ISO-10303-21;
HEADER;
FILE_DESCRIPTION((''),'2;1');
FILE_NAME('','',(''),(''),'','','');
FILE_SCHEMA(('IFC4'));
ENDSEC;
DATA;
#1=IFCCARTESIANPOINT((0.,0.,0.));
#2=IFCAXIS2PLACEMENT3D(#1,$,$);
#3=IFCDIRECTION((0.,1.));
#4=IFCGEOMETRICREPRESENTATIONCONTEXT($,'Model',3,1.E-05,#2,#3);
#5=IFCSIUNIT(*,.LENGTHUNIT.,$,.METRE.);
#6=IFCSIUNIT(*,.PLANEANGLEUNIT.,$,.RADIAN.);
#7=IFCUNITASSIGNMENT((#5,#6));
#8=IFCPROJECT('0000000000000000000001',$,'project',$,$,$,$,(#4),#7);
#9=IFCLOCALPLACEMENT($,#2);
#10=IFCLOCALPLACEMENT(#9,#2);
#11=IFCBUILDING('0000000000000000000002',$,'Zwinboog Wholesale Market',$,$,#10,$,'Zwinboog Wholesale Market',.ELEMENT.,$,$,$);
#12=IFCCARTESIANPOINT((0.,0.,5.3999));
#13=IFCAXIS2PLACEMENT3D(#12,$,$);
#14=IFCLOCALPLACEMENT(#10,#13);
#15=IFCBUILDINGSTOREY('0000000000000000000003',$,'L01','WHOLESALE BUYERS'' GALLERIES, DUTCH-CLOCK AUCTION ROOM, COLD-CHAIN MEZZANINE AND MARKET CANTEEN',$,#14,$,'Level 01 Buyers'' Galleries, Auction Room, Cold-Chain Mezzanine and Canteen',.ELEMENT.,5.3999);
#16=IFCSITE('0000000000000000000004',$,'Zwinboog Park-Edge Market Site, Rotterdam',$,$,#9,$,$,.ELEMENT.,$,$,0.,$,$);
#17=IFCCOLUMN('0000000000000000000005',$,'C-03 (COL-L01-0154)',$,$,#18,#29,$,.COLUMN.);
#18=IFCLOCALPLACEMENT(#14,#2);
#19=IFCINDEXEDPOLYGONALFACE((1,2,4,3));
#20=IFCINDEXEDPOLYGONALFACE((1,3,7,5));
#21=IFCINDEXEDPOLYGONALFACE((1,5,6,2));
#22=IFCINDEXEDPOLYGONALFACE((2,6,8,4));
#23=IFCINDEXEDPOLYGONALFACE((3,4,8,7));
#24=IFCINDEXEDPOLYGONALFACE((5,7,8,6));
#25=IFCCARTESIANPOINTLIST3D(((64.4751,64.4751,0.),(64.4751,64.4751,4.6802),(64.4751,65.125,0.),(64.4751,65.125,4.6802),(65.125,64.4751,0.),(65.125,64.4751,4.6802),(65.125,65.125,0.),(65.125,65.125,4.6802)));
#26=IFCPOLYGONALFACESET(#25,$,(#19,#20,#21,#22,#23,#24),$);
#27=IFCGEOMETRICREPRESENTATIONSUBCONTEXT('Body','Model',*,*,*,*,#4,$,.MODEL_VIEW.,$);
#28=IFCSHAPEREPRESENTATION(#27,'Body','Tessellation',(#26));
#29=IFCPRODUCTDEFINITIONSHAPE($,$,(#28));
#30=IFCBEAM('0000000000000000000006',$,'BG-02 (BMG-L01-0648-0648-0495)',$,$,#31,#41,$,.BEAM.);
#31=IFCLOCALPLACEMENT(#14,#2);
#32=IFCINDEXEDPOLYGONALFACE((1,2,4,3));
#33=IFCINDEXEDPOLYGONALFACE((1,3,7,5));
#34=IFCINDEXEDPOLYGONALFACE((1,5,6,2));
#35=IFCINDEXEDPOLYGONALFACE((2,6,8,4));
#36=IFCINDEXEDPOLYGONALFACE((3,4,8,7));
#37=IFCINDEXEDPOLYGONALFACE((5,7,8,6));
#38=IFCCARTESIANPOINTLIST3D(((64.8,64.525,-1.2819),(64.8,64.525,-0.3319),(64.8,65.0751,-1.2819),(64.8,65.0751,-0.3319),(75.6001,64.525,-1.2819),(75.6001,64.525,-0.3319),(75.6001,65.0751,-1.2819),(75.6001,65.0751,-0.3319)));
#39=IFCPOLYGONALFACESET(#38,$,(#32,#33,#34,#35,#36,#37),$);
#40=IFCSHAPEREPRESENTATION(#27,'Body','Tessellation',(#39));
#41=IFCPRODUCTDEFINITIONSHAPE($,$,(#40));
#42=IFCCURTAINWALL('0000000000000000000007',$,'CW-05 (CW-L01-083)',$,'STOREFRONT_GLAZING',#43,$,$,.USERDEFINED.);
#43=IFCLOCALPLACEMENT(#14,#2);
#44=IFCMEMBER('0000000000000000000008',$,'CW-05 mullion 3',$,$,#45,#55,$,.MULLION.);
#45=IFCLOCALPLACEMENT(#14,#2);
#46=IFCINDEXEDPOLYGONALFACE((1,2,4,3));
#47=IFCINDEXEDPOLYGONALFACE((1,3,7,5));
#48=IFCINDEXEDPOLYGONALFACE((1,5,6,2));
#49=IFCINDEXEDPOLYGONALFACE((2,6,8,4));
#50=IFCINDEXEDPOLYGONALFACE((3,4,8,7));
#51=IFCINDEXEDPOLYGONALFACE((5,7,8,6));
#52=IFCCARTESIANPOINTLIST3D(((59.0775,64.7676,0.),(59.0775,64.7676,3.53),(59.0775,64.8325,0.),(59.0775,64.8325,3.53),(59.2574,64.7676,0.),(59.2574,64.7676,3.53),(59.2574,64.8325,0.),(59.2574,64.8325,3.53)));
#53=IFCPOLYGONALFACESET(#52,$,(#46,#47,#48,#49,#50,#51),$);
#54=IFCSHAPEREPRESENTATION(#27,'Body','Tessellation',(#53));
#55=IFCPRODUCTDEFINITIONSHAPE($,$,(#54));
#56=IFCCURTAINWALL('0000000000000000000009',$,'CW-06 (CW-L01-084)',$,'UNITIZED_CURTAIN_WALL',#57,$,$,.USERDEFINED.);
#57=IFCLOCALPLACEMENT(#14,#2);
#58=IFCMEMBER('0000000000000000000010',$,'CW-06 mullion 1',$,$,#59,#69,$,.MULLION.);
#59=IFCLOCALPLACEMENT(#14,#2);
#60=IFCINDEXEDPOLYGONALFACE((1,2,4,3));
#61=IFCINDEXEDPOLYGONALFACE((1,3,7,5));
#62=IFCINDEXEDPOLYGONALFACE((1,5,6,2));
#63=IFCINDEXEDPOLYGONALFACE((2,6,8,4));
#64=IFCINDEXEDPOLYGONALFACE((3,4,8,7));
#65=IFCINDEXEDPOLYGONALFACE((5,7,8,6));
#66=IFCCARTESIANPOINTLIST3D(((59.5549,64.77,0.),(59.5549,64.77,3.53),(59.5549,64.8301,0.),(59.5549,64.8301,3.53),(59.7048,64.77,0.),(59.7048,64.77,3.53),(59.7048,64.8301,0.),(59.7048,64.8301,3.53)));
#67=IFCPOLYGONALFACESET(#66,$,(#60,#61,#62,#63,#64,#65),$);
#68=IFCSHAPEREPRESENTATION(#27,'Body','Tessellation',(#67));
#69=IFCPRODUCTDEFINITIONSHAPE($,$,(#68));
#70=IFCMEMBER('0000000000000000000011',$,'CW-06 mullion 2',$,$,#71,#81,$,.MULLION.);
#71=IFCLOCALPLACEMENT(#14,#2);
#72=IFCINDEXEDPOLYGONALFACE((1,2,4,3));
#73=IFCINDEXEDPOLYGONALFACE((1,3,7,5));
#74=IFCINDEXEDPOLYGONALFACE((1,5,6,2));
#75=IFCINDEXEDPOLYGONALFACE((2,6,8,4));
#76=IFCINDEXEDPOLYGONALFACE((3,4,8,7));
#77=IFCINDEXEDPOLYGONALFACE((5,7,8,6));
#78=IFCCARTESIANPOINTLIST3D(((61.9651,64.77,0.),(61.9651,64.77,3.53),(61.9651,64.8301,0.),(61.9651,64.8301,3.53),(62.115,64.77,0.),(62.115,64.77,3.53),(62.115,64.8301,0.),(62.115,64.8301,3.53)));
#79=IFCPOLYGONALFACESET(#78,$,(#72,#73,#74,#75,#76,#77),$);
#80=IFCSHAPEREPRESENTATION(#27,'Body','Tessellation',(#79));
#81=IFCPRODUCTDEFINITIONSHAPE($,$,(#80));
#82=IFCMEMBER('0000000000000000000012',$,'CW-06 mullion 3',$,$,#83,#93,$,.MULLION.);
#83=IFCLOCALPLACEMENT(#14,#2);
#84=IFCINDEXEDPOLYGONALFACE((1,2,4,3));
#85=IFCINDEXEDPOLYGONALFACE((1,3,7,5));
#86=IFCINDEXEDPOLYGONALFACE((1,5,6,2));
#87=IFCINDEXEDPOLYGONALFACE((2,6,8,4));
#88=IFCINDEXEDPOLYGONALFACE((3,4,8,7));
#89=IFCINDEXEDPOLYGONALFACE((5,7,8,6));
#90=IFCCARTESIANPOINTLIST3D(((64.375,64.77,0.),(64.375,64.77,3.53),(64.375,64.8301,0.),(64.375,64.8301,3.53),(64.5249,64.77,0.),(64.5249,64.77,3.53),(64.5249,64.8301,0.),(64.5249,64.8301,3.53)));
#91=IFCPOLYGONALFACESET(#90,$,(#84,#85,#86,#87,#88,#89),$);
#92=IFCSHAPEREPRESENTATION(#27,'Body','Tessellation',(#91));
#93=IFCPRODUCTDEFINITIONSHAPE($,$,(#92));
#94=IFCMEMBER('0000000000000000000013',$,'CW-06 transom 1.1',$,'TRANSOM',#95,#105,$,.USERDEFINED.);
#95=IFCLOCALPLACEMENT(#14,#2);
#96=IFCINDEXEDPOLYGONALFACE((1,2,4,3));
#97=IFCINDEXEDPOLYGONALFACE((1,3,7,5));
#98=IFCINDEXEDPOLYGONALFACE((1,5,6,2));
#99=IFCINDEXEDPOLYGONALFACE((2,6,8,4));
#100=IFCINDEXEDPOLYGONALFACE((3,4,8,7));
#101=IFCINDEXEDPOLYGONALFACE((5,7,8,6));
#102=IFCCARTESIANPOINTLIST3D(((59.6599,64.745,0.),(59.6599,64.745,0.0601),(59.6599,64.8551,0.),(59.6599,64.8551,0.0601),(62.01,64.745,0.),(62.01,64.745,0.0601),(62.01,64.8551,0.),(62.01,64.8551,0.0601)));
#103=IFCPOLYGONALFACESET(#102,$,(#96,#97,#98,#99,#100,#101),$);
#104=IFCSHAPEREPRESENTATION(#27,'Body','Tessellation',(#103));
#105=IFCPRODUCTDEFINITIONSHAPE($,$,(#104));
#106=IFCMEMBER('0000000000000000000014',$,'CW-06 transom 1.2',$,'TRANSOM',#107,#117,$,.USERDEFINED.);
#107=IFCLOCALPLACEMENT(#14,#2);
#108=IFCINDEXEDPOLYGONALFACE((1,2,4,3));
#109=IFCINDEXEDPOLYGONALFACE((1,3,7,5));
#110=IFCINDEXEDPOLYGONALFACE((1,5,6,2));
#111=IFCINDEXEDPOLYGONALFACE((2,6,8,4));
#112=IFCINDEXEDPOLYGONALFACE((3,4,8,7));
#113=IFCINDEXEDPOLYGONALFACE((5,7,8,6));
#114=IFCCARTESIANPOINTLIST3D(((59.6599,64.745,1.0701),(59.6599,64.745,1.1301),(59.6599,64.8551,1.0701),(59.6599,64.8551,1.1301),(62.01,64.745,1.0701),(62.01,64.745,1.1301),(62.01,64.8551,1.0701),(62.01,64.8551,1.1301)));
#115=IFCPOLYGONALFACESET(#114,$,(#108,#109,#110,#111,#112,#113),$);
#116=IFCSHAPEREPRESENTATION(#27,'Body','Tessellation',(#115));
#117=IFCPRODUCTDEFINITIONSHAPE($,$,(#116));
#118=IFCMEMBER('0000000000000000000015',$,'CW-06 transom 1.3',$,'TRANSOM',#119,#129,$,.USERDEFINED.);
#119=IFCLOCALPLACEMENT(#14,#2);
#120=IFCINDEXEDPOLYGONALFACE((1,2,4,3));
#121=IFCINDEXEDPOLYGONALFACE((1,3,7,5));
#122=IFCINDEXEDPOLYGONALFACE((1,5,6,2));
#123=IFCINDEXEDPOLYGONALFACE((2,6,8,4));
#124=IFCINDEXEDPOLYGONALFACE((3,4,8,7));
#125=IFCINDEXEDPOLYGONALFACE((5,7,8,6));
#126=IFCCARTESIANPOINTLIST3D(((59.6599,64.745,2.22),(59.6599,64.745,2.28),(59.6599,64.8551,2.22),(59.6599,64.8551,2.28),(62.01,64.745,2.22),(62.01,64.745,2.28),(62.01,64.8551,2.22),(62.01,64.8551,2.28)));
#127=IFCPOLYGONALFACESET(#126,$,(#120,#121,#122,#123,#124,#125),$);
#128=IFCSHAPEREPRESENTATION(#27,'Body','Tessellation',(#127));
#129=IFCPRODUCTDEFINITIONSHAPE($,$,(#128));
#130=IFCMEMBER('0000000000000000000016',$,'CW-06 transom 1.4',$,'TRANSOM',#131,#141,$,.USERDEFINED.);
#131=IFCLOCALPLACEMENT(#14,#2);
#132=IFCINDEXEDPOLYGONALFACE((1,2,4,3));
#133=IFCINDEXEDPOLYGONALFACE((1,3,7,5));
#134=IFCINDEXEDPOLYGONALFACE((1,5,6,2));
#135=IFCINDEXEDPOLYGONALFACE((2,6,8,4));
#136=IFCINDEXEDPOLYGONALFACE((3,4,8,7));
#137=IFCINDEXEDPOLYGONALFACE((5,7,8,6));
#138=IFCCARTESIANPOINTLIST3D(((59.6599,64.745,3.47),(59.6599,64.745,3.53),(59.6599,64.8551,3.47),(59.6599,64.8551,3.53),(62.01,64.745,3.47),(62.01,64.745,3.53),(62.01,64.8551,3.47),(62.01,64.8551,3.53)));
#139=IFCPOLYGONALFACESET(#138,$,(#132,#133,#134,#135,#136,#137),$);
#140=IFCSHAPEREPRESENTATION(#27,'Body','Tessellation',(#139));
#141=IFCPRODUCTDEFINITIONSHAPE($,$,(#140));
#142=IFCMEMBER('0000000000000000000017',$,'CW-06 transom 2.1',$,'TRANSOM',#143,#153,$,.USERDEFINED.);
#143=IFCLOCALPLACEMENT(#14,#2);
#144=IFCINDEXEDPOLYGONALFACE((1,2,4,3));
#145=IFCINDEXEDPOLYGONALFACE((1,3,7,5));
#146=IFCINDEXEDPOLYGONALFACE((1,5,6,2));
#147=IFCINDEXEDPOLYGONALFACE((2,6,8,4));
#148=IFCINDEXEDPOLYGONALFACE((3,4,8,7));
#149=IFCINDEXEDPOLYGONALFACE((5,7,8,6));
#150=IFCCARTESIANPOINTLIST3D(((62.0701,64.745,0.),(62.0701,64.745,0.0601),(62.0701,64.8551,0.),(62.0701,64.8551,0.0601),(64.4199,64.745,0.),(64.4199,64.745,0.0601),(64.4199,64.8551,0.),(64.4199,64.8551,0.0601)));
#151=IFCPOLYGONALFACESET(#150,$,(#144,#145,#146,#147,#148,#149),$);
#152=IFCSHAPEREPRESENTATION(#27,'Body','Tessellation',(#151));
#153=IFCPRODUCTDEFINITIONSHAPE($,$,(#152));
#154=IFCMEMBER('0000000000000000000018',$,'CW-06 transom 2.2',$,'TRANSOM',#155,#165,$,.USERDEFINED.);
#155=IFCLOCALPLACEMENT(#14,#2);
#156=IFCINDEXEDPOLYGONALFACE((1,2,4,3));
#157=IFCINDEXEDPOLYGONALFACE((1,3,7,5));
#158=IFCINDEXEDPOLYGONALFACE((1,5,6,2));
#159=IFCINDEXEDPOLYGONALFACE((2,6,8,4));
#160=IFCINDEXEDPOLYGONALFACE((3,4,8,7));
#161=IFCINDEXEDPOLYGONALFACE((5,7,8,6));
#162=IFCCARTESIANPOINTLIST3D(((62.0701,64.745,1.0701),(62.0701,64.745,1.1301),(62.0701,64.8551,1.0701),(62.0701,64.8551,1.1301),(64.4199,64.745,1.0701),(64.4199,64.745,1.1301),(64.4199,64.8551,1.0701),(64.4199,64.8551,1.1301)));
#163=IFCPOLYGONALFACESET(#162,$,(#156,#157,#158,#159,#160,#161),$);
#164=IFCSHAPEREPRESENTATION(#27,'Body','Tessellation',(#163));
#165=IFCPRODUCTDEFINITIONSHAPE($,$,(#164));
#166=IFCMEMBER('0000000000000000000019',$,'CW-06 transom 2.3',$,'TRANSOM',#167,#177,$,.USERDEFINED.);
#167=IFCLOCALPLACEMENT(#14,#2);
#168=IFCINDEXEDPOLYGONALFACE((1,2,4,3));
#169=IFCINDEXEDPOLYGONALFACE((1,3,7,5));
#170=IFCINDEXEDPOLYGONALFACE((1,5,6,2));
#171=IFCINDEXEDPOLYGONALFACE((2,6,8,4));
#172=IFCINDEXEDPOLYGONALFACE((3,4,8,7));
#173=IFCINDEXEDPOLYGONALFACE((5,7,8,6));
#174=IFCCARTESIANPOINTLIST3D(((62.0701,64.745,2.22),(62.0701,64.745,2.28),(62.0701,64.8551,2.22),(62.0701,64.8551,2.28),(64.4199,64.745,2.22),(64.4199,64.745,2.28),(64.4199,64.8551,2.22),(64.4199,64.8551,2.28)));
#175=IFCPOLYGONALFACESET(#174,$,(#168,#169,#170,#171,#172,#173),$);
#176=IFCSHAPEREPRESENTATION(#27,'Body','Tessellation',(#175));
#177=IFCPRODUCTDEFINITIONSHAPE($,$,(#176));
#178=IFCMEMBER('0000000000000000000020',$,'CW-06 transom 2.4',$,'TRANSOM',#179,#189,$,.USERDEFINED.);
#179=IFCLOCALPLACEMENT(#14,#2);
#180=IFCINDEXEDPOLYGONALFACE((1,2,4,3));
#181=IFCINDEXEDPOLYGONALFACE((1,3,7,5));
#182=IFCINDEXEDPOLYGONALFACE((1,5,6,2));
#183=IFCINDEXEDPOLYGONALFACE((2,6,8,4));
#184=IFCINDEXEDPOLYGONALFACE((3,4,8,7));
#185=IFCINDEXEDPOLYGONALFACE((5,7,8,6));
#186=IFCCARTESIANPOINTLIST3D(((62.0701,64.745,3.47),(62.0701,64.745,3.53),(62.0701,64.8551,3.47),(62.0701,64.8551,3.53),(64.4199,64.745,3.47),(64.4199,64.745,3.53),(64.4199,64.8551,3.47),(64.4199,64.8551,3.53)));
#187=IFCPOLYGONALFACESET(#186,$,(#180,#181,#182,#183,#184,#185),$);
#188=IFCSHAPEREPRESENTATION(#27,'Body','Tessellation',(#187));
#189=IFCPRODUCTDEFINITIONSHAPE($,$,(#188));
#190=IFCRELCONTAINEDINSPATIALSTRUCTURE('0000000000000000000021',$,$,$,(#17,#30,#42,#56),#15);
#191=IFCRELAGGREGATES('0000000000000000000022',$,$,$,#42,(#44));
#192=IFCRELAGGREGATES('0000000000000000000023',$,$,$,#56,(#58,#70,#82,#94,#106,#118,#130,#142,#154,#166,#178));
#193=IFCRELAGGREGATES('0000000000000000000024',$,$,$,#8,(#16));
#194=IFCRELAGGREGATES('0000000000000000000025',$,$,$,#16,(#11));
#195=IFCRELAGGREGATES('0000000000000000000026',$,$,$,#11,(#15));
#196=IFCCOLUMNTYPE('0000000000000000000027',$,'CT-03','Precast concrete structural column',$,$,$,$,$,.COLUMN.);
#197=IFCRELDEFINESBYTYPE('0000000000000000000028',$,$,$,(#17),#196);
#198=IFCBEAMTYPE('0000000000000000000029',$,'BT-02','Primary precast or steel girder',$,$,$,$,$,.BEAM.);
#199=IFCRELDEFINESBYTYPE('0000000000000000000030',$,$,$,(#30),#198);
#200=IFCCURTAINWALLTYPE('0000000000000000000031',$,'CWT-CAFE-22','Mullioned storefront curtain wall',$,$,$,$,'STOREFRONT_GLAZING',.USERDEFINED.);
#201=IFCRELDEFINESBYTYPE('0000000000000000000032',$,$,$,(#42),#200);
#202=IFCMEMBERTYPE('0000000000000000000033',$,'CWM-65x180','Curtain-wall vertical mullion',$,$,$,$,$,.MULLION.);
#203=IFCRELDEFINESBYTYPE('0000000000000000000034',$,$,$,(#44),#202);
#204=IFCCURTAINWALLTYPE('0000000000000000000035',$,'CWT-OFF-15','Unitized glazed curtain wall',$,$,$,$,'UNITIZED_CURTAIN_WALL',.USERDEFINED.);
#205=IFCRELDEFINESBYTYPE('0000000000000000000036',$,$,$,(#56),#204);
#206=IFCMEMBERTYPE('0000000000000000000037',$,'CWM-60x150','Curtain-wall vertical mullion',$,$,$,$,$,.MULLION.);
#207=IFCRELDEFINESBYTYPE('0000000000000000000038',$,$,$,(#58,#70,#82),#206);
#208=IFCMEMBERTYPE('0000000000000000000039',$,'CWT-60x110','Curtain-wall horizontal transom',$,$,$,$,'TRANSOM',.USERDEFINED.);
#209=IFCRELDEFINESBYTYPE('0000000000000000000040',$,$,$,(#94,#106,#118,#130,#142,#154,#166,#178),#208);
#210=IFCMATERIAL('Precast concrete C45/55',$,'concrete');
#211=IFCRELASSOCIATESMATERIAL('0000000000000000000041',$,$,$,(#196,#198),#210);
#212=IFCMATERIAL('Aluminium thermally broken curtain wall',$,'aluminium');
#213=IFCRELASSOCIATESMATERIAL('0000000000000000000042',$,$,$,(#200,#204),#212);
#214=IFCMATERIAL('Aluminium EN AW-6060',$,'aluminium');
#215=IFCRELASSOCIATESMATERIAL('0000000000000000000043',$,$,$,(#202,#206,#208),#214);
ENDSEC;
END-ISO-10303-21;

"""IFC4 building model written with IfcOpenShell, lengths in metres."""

from ifc_helpers import new_model, si_unit, direction, frame, origin, origin_2d, place, context, subcontext, project, spatial, rectangle, extrude, material, material_profile, profile_set, type_object, element, aggregate, save


model = new_model("IFC4")

# Units and contexts
model_context = context("Model", 3, precision=1e-05, world=origin(), true_north=direction((0.0, 1.0)))
body_context = subcontext(model_context, "Body", "Model", "MODEL_VIEW")
ifc_project = project(units=[si_unit("LENGTHUNIT", "METRE"), si_unit("PLANEANGLEUNIT", "RADIAN")], contexts=[model_context])

# Site, building, storey
site_placement = place(None, origin())
site = spatial("IfcSite", under=ifc_project, at=site_placement, Name="Zwinboog Park-Edge Market Site, Rotterdam", CompositionType="ELEMENT", RefElevation=0.0)
building_placement = place(site_placement, origin())
building = spatial("IfcBuilding", under=site, at=building_placement, Name="Zwinboog Wholesale Market", LongName="Zwinboog Wholesale Market", CompositionType="ELEMENT")
storey_placement = place(building_placement, frame((0.0, 0.0, 5.3999)))
storey = spatial("IfcBuildingStorey", under=building, at=storey_placement, Name="L01", Description="WHOLESALE BUYERS' GALLERIES, DUTCH-CLOCK AUCTION ROOM, COLD-CHAIN MEZZANINE AND MARKET CANTEEN", LongName="Level 01 Buyers' Galleries, Auction Room, Cold-Chain Mezzanine and Canteen", CompositionType="ELEMENT", Elevation=5.3999)

# Column
ifc_material_1 = material(Name="Precast concrete C45/55", Category="concrete")
ifc_material_profile_1 = material_profile(ifc_material_1, rectangle(XDim=0.6499, YDim=0.6499, at=origin_2d()), Name="PC 650x650")
ifc_profile_set_1 = profile_set([ifc_material_profile_1], Name="Precast concrete C45/55")
column_type = type_object("IfcColumnType", Name="CT-03", Description="Precast concrete structural column", PredefinedType="COLUMN", material=ifc_profile_set_1)
column_placement = place(storey_placement, frame((64.8, 64.8, 0.0), z_axis=(0.0, 0.0, 1.0), x_axis=(1.0, 0.0, 0.0)))
element("IfcColumn", 1, at=column_placement, inside=storey, type_object=column_type, Name="C-03 (COL-L01-0154)", PredefinedType="COLUMN", context=body_context, shape_type="SweptSolid", body=[
    extrude(rectangle(XDim=0.6499, YDim=0.6499, at=origin_2d()), origin(), (0.0, 0.0, 1.0), 4.6802),
])

# Beam
ifc_material_profile_2 = material_profile(ifc_material_1, rectangle(XDim=0.55, YDim=0.95, at=origin_2d()), Name="PC 550x950")
ifc_profile_set_2 = profile_set([ifc_material_profile_2], Name="Precast concrete C45/55")
beam_type = type_object("IfcBeamType", Name="BT-02", Description="Primary precast or steel girder", PredefinedType="BEAM", material=ifc_profile_set_2)
beam_placement = place(storey_placement, frame((64.8, 64.8, -0.8069), z_axis=(1.0, 0.0, 0.0), x_axis=(0.0, 1.0, 0.0)))
element("IfcBeam", 2, at=beam_placement, inside=storey, type_object=beam_type, Name="BG-02 (BMG-L01-0648-0648-0495)", PredefinedType="BEAM", context=body_context, shape_type="SweptSolid", body=[
    extrude(rectangle(XDim=0.55, YDim=0.95, at=origin_2d()), origin(), (0.0, 0.0, 1.0), 10.8),
])

# Curtain wall, member
ifc_material_2 = material(Name="Aluminium thermally broken curtain wall", Category="aluminium")
curtain_wall_type_1 = type_object("IfcCurtainWallType", Name="CWT-CAFE-22", Description="Mullioned storefront curtain wall", ElementType="STOREFRONT_GLAZING", PredefinedType="USERDEFINED", material=ifc_material_2)
curtain_wall_1_placement = place(storey_placement, origin())
curtain_wall_1 = element("IfcCurtainWall", 3, at=curtain_wall_1_placement, inside=storey, type_object=curtain_wall_type_1, Name="CW-05 (CW-L01-083)", ObjectType="STOREFRONT_GLAZING", PredefinedType="USERDEFINED")
ifc_material_3 = material(Name="Aluminium EN AW-6060", Category="aluminium")
ifc_material_profile_3 = material_profile(ifc_material_3, rectangle(XDim=0.0649, YDim=0.1799, at=origin_2d()), Name="AL 65x180")
ifc_profile_set_3 = profile_set([ifc_material_profile_3], Name="Aluminium EN AW-6060")
member_type_1 = type_object("IfcMemberType", Name="CWM-65x180", Description="Curtain-wall vertical mullion", PredefinedType="MULLION", material=ifc_profile_set_3)
member_1_placement = place(storey_placement, frame((59.1675, 64.8, 0.0), z_axis=(0.0, 0.0, 1.0), x_axis=(0.0, 1.0, 0.0)))
member_1 = element("IfcMember", 4, at=member_1_placement, type_object=member_type_1, Name="CW-05 mullion 3", PredefinedType="MULLION", context=body_context, shape_type="SweptSolid", body=[
    extrude(rectangle(XDim=0.0649, YDim=0.1799, at=origin_2d()), origin(), (0.0, 0.0, 1.0), 3.53),
])
aggregate(curtain_wall_1, [member_1])

# Curtain wall, members
curtain_wall_type_2 = type_object("IfcCurtainWallType", Name="CWT-OFF-15", Description="Unitized glazed curtain wall", ElementType="UNITIZED_CURTAIN_WALL", PredefinedType="USERDEFINED", material=ifc_material_2)
curtain_wall_2_placement = place(storey_placement, origin())
curtain_wall_2 = element("IfcCurtainWall", 5, at=curtain_wall_2_placement, inside=storey, type_object=curtain_wall_type_2, Name="CW-06 (CW-L01-084)", ObjectType="UNITIZED_CURTAIN_WALL", PredefinedType="USERDEFINED")
ifc_material_profile_4 = material_profile(ifc_material_3, rectangle(XDim=0.0601, YDim=0.1499, at=origin_2d()), Name="AL 60x150")
ifc_profile_set_4 = profile_set([ifc_material_profile_4], Name="Aluminium EN AW-6060")
member_type_2 = type_object("IfcMemberType", Name="CWM-60x150", Description="Curtain-wall vertical mullion", PredefinedType="MULLION", material=ifc_profile_set_4)
member_2_placement = place(storey_placement, frame((59.6299, 64.8, 0.0), z_axis=(0.0, 0.0, 1.0), x_axis=(0.0, 1.0, 0.0)))
member_2 = element("IfcMember", 6, at=member_2_placement, type_object=member_type_2, Name="CW-06 mullion 1", PredefinedType="MULLION", context=body_context, shape_type="SweptSolid", body=[
    extrude(rectangle(XDim=0.0601, YDim=0.1499, at=origin_2d()), origin(), (0.0, 0.0, 1.0), 3.53),
])
member_3_placement = place(storey_placement, frame((62.04, 64.8, 0.0), z_axis=(0.0, 0.0, 1.0), x_axis=(0.0, 1.0, 0.0)))
member_3 = element("IfcMember", 7, at=member_3_placement, type_object=member_type_2, Name="CW-06 mullion 2", PredefinedType="MULLION", context=body_context, shape_type="SweptSolid", body=[
    extrude(rectangle(XDim=0.0601, YDim=0.1499, at=origin_2d()), origin(), (0.0, 0.0, 1.0), 3.53),
])
member_4_placement = place(storey_placement, frame((64.45, 64.8, 0.0), z_axis=(0.0, 0.0, 1.0), x_axis=(0.0, 1.0, 0.0)))
member_4 = element("IfcMember", 8, at=member_4_placement, type_object=member_type_2, Name="CW-06 mullion 3", PredefinedType="MULLION", context=body_context, shape_type="SweptSolid", body=[
    extrude(rectangle(XDim=0.0601, YDim=0.1499, at=origin_2d()), origin(), (0.0, 0.0, 1.0), 3.53),
])
ifc_material_profile_5 = material_profile(ifc_material_3, rectangle(XDim=0.1101, YDim=0.0601, at=origin_2d()), Name="AL 60x110")
ifc_profile_set_5 = profile_set([ifc_material_profile_5], Name="Aluminium EN AW-6060")
member_type_3 = type_object("IfcMemberType", Name="CWT-60x110", Description="Curtain-wall horizontal transom", ElementType="TRANSOM", PredefinedType="USERDEFINED", material=ifc_profile_set_5)
member_5_placement = place(storey_placement, frame((59.6599, 64.8, 0.03), z_axis=(1.0, 0.0, 0.0), x_axis=(0.0, 1.0, 0.0)))
member_5 = element("IfcMember", 9, at=member_5_placement, type_object=member_type_3, Name="CW-06 transom 1.1", ObjectType="TRANSOM", PredefinedType="USERDEFINED", context=body_context, shape_type="SweptSolid", body=[
    extrude(rectangle(XDim=0.1101, YDim=0.0601, at=origin_2d()), origin(), (0.0, 0.0, 1.0), 2.3501),
])
member_6_placement = place(storey_placement, frame((59.6599, 64.8, 1.1001), z_axis=(1.0, 0.0, 0.0), x_axis=(0.0, 1.0, 0.0)))
member_6 = element("IfcMember", 10, at=member_6_placement, type_object=member_type_3, Name="CW-06 transom 1.2", ObjectType="TRANSOM", PredefinedType="USERDEFINED", context=body_context, shape_type="SweptSolid", body=[
    extrude(rectangle(XDim=0.1101, YDim=0.0601, at=origin_2d()), origin(), (0.0, 0.0, 1.0), 2.3501),
])
member_7_placement = place(storey_placement, frame((59.6599, 64.8, 2.25), z_axis=(1.0, 0.0, 0.0), x_axis=(0.0, 1.0, 0.0)))
member_7 = element("IfcMember", 11, at=member_7_placement, type_object=member_type_3, Name="CW-06 transom 1.3", ObjectType="TRANSOM", PredefinedType="USERDEFINED", context=body_context, shape_type="SweptSolid", body=[
    extrude(rectangle(XDim=0.1101, YDim=0.0601, at=origin_2d()), origin(), (0.0, 0.0, 1.0), 2.3501),
])
member_8_placement = place(storey_placement, frame((59.6599, 64.8, 3.5), z_axis=(1.0, 0.0, 0.0), x_axis=(0.0, 1.0, 0.0)))
member_8 = element("IfcMember", 12, at=member_8_placement, type_object=member_type_3, Name="CW-06 transom 1.4", ObjectType="TRANSOM", PredefinedType="USERDEFINED", context=body_context, shape_type="SweptSolid", body=[
    extrude(rectangle(XDim=0.1101, YDim=0.0601, at=origin_2d()), origin(), (0.0, 0.0, 1.0), 2.3501),
])
member_9_placement = place(storey_placement, frame((62.0701, 64.8, 0.03), z_axis=(1.0, 0.0, 0.0), x_axis=(0.0, 1.0, 0.0)))
member_9 = element("IfcMember", 13, at=member_9_placement, type_object=member_type_3, Name="CW-06 transom 2.1", ObjectType="TRANSOM", PredefinedType="USERDEFINED", context=body_context, shape_type="SweptSolid", body=[
    extrude(rectangle(XDim=0.1101, YDim=0.0601, at=origin_2d()), origin(), (0.0, 0.0, 1.0), 2.3499),
])
member_10_placement = place(storey_placement, frame((62.0701, 64.8, 1.1001), z_axis=(1.0, 0.0, 0.0), x_axis=(0.0, 1.0, 0.0)))
member_10 = element("IfcMember", 14, at=member_10_placement, type_object=member_type_3, Name="CW-06 transom 2.2", ObjectType="TRANSOM", PredefinedType="USERDEFINED", context=body_context, shape_type="SweptSolid", body=[
    extrude(rectangle(XDim=0.1101, YDim=0.0601, at=origin_2d()), origin(), (0.0, 0.0, 1.0), 2.3499),
])
member_11_placement = place(storey_placement, frame((62.0701, 64.8, 2.25), z_axis=(1.0, 0.0, 0.0), x_axis=(0.0, 1.0, 0.0)))
member_11 = element("IfcMember", 15, at=member_11_placement, type_object=member_type_3, Name="CW-06 transom 2.3", ObjectType="TRANSOM", PredefinedType="USERDEFINED", context=body_context, shape_type="SweptSolid", body=[
    extrude(rectangle(XDim=0.1101, YDim=0.0601, at=origin_2d()), origin(), (0.0, 0.0, 1.0), 2.3499),
])
member_12_placement = place(storey_placement, frame((62.0701, 64.8, 3.5), z_axis=(1.0, 0.0, 0.0), x_axis=(0.0, 1.0, 0.0)))
member_12 = element("IfcMember", 16, at=member_12_placement, type_object=member_type_3, Name="CW-06 transom 2.4", ObjectType="TRANSOM", PredefinedType="USERDEFINED", context=body_context, shape_type="SweptSolid", body=[
    extrude(rectangle(XDim=0.1101, YDim=0.0601, at=origin_2d()), origin(), (0.0, 0.0, 1.0), 2.3499),
])
aggregate(curtain_wall_2, [member_2, member_3, member_4, member_5, member_6, member_7, member_8, member_9, member_10, member_11, member_12])

save(model, "model.ifc")
